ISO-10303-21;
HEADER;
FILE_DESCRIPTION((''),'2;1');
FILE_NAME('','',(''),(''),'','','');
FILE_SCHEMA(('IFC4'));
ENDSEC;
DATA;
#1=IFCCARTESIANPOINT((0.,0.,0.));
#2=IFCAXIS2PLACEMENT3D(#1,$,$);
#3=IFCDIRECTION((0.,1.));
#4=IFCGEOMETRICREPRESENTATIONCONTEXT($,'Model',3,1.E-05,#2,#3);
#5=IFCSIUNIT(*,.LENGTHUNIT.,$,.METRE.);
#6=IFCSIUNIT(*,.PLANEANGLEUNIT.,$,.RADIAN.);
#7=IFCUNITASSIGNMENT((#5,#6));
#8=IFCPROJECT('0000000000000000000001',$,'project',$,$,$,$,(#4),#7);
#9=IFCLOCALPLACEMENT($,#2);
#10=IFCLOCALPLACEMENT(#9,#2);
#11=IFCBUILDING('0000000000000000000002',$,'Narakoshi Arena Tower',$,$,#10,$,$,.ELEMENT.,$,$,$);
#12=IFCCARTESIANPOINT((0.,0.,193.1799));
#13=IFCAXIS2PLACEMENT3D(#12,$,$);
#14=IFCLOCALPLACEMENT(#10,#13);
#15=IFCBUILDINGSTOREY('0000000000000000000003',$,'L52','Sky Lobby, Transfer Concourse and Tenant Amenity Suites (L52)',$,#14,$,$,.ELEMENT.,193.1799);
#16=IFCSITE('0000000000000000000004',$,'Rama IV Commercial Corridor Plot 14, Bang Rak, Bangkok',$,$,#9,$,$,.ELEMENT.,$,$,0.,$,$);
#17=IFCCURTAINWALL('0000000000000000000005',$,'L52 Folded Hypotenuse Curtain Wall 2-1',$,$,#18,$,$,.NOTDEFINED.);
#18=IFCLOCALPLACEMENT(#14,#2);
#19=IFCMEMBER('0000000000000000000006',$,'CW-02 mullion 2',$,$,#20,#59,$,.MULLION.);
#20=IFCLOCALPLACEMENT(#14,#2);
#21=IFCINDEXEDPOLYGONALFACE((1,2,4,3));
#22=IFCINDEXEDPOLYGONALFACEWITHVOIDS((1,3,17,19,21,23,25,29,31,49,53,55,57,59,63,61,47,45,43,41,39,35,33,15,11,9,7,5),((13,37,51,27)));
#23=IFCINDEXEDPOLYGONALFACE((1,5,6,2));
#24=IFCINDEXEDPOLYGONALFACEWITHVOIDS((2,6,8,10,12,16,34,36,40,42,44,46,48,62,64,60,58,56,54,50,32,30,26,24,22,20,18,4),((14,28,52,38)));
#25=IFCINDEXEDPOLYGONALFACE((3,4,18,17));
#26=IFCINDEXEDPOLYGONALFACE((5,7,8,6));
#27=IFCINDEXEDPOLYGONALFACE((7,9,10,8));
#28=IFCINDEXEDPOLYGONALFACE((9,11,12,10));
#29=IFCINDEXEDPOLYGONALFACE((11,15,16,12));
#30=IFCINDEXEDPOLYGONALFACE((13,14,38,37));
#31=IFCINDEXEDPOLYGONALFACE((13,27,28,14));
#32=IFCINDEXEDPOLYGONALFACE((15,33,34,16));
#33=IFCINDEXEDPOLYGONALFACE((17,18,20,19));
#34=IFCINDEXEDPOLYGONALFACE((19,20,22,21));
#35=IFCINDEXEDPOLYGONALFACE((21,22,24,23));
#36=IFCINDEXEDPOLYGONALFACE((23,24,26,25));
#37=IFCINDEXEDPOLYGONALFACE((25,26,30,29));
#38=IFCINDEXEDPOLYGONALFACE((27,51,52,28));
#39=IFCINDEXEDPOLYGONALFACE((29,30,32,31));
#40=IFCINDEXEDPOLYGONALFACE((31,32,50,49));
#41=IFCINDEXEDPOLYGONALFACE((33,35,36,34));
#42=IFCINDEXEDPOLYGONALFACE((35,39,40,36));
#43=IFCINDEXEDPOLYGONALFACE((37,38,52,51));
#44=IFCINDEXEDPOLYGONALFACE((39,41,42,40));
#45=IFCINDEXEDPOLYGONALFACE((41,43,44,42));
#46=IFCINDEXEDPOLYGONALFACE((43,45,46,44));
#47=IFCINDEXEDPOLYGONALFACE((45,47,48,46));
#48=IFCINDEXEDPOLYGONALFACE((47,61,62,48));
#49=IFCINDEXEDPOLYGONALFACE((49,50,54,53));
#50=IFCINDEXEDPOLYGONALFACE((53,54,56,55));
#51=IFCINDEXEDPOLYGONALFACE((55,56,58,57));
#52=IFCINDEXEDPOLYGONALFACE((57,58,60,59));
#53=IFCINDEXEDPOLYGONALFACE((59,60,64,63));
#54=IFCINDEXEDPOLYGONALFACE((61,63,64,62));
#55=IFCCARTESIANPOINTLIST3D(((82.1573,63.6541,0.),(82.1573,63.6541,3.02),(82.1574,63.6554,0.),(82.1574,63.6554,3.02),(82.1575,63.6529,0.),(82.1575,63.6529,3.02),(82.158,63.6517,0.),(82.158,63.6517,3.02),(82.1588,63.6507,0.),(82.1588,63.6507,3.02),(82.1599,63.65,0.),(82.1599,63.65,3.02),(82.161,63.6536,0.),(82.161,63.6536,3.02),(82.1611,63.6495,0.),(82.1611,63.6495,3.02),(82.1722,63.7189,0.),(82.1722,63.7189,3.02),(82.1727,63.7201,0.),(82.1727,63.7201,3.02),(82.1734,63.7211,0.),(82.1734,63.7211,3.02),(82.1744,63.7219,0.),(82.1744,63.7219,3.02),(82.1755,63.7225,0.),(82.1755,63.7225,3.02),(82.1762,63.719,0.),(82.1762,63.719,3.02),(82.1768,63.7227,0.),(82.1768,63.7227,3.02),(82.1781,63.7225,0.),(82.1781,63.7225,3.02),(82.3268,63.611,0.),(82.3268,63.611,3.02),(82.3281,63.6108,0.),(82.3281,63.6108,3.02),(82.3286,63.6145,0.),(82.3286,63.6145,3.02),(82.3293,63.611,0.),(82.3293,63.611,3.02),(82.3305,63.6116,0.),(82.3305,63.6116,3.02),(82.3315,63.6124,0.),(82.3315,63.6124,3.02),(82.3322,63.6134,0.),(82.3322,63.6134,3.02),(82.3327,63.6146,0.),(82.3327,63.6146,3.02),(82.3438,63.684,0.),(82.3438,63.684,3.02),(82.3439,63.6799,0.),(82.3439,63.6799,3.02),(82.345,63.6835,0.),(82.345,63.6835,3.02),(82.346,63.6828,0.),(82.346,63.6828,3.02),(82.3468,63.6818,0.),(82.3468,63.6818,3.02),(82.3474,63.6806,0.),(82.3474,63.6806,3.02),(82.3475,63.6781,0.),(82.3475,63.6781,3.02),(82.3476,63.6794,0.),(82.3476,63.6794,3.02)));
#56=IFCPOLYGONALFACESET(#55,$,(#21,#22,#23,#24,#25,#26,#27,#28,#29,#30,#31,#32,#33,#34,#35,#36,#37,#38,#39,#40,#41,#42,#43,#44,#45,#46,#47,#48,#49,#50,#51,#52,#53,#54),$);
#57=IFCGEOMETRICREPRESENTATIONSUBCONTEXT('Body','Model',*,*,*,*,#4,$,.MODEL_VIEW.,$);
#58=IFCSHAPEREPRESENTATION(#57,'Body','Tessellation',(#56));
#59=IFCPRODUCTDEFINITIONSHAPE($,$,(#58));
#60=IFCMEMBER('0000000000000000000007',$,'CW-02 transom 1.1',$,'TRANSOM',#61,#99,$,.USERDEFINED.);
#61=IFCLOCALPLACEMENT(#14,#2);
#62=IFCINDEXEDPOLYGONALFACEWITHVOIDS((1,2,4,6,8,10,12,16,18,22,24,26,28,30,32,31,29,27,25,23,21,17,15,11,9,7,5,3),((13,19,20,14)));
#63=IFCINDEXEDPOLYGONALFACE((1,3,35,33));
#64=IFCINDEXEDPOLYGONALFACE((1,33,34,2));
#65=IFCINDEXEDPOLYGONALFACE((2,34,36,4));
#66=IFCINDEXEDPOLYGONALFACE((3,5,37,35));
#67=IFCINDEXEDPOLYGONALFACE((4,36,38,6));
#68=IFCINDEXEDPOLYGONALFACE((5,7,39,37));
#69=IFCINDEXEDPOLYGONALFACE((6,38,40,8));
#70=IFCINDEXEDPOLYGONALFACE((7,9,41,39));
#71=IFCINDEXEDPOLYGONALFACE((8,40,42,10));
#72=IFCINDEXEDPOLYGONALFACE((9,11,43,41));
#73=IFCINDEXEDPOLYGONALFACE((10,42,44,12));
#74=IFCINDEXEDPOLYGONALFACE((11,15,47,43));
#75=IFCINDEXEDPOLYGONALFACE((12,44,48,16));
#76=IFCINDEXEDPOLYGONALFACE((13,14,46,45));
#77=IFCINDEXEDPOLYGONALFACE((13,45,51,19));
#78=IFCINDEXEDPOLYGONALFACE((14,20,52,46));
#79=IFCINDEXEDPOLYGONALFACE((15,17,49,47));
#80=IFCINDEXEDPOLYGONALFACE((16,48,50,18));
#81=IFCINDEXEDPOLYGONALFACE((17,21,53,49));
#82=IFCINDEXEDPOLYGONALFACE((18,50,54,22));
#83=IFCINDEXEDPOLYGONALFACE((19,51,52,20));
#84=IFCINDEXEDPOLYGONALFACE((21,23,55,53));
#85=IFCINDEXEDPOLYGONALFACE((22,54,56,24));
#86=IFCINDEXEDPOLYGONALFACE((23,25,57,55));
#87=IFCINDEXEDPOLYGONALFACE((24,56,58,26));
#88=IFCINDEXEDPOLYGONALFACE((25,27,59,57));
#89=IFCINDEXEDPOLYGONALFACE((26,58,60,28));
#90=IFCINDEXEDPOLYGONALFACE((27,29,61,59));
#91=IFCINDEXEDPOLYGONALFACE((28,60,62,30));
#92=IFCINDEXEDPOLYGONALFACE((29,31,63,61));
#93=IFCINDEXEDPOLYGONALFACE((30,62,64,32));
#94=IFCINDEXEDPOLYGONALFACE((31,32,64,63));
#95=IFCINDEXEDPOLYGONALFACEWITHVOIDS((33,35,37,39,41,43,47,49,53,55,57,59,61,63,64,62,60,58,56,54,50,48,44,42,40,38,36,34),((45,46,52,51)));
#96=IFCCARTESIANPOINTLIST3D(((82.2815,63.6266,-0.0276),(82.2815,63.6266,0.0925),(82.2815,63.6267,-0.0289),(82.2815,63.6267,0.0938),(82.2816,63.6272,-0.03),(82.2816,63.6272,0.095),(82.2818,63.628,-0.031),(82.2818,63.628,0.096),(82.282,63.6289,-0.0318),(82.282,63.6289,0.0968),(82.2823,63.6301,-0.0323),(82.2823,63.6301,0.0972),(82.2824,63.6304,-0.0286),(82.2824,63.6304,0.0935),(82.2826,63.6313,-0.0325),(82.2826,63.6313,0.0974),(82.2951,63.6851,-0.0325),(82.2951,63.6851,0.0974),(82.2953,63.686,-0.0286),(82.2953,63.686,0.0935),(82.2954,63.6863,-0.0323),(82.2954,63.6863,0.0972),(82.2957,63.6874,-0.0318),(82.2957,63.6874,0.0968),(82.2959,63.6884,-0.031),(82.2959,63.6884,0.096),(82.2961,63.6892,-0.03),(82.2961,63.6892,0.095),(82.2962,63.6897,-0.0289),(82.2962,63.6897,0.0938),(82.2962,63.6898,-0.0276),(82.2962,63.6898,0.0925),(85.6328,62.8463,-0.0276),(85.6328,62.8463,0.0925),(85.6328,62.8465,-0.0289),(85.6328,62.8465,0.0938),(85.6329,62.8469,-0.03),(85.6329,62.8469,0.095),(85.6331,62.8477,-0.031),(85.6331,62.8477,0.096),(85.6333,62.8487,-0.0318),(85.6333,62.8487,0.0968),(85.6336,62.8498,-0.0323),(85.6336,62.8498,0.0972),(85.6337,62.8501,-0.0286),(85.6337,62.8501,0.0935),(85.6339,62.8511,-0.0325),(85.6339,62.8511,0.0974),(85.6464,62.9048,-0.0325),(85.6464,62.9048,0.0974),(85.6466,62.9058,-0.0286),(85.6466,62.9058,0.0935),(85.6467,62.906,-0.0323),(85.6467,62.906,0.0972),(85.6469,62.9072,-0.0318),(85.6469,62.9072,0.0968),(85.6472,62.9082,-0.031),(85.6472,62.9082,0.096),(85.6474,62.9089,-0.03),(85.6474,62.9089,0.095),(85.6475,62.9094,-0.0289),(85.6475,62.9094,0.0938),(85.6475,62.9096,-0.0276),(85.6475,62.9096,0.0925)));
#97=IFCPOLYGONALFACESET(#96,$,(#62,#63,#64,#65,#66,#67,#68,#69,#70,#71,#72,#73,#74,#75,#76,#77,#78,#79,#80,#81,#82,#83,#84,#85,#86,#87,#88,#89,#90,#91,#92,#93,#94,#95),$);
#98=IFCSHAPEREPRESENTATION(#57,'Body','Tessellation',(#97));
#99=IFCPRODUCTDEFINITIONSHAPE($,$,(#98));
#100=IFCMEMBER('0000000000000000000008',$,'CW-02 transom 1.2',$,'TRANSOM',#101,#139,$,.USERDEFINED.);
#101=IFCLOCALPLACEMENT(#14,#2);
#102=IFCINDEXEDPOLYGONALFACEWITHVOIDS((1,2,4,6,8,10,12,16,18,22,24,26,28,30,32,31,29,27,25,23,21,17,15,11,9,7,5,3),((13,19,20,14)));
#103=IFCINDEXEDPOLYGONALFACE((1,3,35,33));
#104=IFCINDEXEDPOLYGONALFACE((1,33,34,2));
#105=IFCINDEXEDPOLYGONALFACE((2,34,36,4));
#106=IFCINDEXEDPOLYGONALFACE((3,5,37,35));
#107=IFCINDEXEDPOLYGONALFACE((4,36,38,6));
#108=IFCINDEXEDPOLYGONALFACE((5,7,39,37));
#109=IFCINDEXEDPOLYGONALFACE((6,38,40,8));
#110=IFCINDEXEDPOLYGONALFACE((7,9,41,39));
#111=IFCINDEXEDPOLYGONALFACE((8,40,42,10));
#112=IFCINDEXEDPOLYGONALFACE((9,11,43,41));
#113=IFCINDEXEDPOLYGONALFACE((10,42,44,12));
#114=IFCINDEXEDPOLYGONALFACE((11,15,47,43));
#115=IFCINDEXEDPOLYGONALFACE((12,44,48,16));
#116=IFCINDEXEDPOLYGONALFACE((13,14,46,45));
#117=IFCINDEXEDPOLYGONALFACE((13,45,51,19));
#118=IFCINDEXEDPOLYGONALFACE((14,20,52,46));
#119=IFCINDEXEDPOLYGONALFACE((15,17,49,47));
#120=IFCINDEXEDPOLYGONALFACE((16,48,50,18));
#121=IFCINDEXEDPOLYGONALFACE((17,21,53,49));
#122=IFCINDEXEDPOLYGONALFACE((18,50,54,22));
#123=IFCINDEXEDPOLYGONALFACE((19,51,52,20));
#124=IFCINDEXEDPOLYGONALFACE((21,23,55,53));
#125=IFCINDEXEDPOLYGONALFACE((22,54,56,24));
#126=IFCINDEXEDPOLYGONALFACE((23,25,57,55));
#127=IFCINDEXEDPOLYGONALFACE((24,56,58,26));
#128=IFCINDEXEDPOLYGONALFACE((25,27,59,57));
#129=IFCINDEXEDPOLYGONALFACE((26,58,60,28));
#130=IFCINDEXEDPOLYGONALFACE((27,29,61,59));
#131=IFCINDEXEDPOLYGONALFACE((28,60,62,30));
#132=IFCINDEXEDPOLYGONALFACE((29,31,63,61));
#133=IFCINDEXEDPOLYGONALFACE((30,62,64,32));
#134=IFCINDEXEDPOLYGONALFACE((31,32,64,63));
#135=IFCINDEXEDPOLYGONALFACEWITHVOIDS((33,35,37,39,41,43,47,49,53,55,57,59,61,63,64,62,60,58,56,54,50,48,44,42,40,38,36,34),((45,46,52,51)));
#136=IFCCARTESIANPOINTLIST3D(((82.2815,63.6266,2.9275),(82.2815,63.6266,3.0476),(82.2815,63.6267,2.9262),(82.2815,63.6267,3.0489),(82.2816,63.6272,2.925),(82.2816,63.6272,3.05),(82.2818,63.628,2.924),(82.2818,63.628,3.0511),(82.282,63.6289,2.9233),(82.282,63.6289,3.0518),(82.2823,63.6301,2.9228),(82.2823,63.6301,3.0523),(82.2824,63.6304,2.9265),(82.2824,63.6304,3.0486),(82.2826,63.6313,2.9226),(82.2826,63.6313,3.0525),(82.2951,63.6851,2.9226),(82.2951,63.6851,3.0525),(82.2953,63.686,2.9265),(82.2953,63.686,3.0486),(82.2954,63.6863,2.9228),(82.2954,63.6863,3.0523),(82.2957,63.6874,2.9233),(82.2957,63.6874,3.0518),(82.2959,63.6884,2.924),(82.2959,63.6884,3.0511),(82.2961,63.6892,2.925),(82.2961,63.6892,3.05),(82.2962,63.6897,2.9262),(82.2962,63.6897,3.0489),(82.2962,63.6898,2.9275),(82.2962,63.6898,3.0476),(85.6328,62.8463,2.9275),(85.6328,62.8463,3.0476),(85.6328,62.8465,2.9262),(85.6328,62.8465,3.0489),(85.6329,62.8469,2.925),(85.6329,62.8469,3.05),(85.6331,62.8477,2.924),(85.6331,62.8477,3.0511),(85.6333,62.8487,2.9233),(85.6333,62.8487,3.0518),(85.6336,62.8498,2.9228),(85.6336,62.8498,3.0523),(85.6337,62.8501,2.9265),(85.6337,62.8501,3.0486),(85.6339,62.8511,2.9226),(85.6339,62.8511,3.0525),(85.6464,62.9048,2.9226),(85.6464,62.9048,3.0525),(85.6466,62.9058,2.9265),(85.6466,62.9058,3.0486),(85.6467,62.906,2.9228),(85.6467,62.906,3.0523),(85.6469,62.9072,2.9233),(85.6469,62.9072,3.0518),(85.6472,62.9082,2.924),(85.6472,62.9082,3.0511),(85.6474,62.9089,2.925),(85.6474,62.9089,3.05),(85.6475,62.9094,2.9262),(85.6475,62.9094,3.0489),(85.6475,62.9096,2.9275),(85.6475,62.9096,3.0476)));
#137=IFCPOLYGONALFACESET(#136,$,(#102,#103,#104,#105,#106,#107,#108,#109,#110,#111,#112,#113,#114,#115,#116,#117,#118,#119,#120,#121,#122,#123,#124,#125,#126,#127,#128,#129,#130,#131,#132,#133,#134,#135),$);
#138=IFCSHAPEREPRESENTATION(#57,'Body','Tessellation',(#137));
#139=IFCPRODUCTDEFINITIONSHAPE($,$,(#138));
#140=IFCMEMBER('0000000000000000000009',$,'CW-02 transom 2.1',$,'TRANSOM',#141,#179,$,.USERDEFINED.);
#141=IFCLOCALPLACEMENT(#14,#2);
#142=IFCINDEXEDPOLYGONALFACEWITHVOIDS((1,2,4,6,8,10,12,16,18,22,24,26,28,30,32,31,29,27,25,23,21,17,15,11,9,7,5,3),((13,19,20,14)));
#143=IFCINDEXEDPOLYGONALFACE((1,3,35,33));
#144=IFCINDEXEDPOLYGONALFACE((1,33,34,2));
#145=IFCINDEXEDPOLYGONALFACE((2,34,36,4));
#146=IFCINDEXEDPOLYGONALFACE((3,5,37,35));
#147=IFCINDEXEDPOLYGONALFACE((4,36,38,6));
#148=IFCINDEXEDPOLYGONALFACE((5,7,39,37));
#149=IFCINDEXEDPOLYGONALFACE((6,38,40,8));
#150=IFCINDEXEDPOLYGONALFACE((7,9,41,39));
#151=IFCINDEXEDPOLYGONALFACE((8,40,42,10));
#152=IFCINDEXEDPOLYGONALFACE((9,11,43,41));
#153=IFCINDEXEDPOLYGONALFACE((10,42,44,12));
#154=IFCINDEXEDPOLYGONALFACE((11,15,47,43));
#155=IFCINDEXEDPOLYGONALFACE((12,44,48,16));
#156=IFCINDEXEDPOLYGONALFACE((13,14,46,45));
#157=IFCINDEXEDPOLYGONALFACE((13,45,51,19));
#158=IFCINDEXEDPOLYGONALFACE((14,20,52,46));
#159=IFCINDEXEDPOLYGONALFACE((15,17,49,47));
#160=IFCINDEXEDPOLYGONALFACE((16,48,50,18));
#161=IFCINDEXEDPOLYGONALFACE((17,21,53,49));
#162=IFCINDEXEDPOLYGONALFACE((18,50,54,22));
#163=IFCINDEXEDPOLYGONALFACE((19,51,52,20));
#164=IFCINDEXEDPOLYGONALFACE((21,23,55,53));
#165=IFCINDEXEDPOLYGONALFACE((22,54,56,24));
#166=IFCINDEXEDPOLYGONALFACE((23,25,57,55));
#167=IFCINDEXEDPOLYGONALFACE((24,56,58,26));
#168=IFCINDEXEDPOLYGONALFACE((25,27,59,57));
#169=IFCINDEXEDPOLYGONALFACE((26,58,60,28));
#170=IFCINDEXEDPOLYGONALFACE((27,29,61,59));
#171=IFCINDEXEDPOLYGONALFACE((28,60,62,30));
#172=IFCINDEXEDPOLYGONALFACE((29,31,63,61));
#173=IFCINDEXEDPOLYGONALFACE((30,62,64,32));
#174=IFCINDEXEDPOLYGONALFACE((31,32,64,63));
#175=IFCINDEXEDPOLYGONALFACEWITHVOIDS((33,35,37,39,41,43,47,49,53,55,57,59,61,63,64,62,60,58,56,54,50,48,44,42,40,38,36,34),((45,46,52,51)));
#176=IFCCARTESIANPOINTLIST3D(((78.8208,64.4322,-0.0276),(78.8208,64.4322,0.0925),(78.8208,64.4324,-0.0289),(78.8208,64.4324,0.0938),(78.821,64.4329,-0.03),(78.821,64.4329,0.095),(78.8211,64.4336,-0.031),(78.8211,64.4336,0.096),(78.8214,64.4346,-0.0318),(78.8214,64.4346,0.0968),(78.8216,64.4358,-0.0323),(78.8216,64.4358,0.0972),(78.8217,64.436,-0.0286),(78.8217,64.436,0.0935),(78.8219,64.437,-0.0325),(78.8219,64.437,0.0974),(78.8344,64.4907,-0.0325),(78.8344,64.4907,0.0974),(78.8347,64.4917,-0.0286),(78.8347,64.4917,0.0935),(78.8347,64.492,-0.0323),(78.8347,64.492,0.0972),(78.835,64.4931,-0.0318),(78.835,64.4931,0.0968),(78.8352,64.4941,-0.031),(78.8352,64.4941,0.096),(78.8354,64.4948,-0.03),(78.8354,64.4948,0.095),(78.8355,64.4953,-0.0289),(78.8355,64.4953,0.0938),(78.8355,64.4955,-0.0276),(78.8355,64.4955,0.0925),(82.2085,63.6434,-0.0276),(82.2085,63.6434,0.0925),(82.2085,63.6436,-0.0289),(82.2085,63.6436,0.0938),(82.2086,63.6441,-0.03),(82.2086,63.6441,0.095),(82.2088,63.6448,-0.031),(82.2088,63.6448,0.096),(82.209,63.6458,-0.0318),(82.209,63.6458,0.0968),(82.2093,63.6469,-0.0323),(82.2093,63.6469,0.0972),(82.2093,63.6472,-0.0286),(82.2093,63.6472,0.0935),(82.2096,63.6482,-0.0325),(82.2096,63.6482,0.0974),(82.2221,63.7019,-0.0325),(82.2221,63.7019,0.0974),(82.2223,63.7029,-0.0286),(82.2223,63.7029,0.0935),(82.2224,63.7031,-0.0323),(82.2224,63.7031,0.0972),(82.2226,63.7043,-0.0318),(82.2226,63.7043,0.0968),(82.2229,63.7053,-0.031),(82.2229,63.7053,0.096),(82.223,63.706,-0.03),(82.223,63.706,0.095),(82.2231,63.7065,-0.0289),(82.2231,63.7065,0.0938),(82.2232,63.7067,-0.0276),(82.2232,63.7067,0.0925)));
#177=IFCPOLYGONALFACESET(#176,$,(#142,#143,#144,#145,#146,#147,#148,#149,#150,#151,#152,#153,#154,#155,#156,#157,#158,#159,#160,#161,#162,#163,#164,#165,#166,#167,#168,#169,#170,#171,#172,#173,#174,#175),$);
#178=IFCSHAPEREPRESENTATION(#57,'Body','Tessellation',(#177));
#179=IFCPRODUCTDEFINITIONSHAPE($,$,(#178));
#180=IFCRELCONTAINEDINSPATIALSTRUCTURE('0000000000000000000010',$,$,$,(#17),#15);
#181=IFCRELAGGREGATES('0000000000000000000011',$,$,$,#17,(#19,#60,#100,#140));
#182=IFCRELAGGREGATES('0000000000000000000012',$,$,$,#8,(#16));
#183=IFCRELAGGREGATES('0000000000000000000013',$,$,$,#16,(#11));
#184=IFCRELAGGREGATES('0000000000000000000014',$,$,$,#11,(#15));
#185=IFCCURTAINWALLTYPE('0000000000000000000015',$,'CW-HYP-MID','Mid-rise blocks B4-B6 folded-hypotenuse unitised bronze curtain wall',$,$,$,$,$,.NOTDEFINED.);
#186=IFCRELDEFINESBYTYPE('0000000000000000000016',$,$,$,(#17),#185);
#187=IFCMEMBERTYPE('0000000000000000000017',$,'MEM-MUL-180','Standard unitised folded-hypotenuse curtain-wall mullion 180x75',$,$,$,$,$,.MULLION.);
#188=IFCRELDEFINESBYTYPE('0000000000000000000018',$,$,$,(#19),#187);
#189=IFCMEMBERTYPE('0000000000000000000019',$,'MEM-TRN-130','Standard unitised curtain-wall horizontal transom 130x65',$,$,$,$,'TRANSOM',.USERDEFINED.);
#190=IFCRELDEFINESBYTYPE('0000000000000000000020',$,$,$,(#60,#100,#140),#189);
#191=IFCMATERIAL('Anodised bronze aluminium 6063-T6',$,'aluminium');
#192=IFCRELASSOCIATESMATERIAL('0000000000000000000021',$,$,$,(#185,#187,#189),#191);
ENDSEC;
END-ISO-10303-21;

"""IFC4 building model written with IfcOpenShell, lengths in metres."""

from ifc_helpers import new_model, si_unit, direction, frame, origin, origin_2d, place, context, subcontext, project, spatial, hollow_rectangle, extrude, material, material_profile, profile_set, type_object, element, aggregate, save


model = new_model("IFC4")

# Units and contexts
model_context = context("Model", 3, precision=1e-05, world=origin(), true_north=direction((0.0, 1.0)))
body_context = subcontext(model_context, "Body", "Model", "MODEL_VIEW")
ifc_project = project(units=[si_unit("LENGTHUNIT", "METRE"), si_unit("PLANEANGLEUNIT", "RADIAN")], contexts=[model_context])

# Site, building, storey
site_placement = place(None, origin())
site = spatial("IfcSite", under=ifc_project, at=site_placement, Name="Rama IV Commercial Corridor Plot 14, Bang Rak, Bangkok", CompositionType="ELEMENT", RefElevation=0.0)
building_placement = place(site_placement, origin())
building = spatial("IfcBuilding", under=site, at=building_placement, Name="Narakoshi Arena Tower", CompositionType="ELEMENT")
storey_placement = place(building_placement, frame((0.0, 0.0, 193.1799)))
storey = spatial("IfcBuildingStorey", under=building, at=storey_placement, Name="L52", Description="Sky Lobby, Transfer Concourse and Tenant Amenity Suites (L52)", CompositionType="ELEMENT", Elevation=193.1799)

# Shared definitions
ifc_material_1 = material(Name="Anodised bronze aluminium 6063-T6", Category="aluminium")
curtain_wall_type = type_object("IfcCurtainWallType", Name="CW-HYP-MID", Description="Mid-rise blocks B4-B6 folded-hypotenuse unitised bronze curtain wall", PredefinedType="NOTDEFINED", material=ifc_material_1)
ifc_material_profile_1 = material_profile(ifc_material_1, hollow_rectangle(XDim=0.075, YDim=0.1799, WallThickness=0.0039, OuterFilletRadius=0.0049, at=origin_2d()), Name="MUL180x75x4")
ifc_profile_set_1 = profile_set([ifc_material_profile_1], Name="Anodised bronze aluminium 6063-T6")
member_type_1 = type_object("IfcMemberType", Name="MEM-MUL-180", Description="Standard unitised folded-hypotenuse curtain-wall mullion 180x75", PredefinedType="MULLION", material=ifc_profile_set_1)

# Curtain wall, members
curtain_wall_1_placement = place(storey_placement, origin())
curtain_wall_1 = element("IfcCurtainWall", 1, at=curtain_wall_1_placement, inside=storey, type_object=curtain_wall_type, Name="L52 Folded Hypotenuse Curtain Wall 2-1", PredefinedType="NOTDEFINED")
member_1_placement = place(storey_placement, frame((82.2524, 63.6667, 0.0), z_axis=(0.0, 0.0, 1.0), x_axis=(-0.226721, -0.97396, 0.0)))
member_1 = element("IfcMember", 2, at=member_1_placement, type_object=member_type_1, Name="CW-02 mullion 2", PredefinedType="MULLION", context=body_context, shape_type="SweptSolid", body=[
    extrude(hollow_rectangle(XDim=0.075, YDim=0.1799, WallThickness=0.0039, OuterFilletRadius=0.0049, at=origin_2d()), origin(), (0.0, 0.0, 1.0), 3.02),
])
ifc_material_profile_2 = material_profile(ifc_material_1, hollow_rectangle(XDim=0.0649, YDim=0.1299, WallThickness=0.0039, OuterFilletRadius=0.0049, at=origin_2d()), Name="TRN130x65x4")
ifc_profile_set_2 = profile_set([ifc_material_profile_2], Name="Anodised bronze aluminium 6063-T6")
member_type_2 = type_object("IfcMemberType", Name="MEM-TRN-130", Description="Standard unitised curtain-wall horizontal transom 130x65", ElementType="TRANSOM", PredefinedType="USERDEFINED", material=ifc_profile_set_2)
member_2_placement = place(storey_placement, frame((85.6401, 62.8779, 0.0325), z_axis=(-0.97395, 0.226761, 0.0), x_axis=(-0.226761, -0.97395, 0.0)))
member_2 = element("IfcMember", 3, at=member_2_placement, type_object=member_type_2, Name="CW-02 transom 1.1", ObjectType="TRANSOM", PredefinedType="USERDEFINED", context=body_context, shape_type="SweptSolid", body=[
    extrude(hollow_rectangle(XDim=0.0649, YDim=0.1299, WallThickness=0.0039, OuterFilletRadius=0.0049, at=origin_2d()), origin(), (0.0, 0.0, 1.0), 3.4409),
])
member_3_placement = place(storey_placement, frame((85.6401, 62.8779, 2.9875), z_axis=(-0.97395, 0.226761, 0.0), x_axis=(-0.226761, -0.97395, 0.0)))
member_3 = element("IfcMember", 4, at=member_3_placement, type_object=member_type_2, Name="CW-02 transom 1.2", ObjectType="TRANSOM", PredefinedType="USERDEFINED", context=body_context, shape_type="SweptSolid", body=[
    extrude(hollow_rectangle(XDim=0.0649, YDim=0.1299, WallThickness=0.0039, OuterFilletRadius=0.0049, at=origin_2d()), origin(), (0.0, 0.0, 1.0), 3.4409),
])
member_4_placement = place(storey_placement, frame((82.2158, 63.675, 0.0325), z_axis=(-0.973946, 0.226781, 0.0), x_axis=(-0.226781, -0.973946, 0.0)))
member_4 = element("IfcMember", 5, at=member_4_placement, type_object=member_type_2, Name="CW-02 transom 2.1", ObjectType="TRANSOM", PredefinedType="USERDEFINED", context=body_context, shape_type="SweptSolid", body=[
    extrude(hollow_rectangle(XDim=0.0649, YDim=0.1299, WallThickness=0.0039, OuterFilletRadius=0.0049, at=origin_2d()), origin(), (0.0, 0.0, 1.0), 3.4783),
])
aggregate(curtain_wall_1, [member_1, member_2, member_3, member_4])

save(model, "model.ifc")
